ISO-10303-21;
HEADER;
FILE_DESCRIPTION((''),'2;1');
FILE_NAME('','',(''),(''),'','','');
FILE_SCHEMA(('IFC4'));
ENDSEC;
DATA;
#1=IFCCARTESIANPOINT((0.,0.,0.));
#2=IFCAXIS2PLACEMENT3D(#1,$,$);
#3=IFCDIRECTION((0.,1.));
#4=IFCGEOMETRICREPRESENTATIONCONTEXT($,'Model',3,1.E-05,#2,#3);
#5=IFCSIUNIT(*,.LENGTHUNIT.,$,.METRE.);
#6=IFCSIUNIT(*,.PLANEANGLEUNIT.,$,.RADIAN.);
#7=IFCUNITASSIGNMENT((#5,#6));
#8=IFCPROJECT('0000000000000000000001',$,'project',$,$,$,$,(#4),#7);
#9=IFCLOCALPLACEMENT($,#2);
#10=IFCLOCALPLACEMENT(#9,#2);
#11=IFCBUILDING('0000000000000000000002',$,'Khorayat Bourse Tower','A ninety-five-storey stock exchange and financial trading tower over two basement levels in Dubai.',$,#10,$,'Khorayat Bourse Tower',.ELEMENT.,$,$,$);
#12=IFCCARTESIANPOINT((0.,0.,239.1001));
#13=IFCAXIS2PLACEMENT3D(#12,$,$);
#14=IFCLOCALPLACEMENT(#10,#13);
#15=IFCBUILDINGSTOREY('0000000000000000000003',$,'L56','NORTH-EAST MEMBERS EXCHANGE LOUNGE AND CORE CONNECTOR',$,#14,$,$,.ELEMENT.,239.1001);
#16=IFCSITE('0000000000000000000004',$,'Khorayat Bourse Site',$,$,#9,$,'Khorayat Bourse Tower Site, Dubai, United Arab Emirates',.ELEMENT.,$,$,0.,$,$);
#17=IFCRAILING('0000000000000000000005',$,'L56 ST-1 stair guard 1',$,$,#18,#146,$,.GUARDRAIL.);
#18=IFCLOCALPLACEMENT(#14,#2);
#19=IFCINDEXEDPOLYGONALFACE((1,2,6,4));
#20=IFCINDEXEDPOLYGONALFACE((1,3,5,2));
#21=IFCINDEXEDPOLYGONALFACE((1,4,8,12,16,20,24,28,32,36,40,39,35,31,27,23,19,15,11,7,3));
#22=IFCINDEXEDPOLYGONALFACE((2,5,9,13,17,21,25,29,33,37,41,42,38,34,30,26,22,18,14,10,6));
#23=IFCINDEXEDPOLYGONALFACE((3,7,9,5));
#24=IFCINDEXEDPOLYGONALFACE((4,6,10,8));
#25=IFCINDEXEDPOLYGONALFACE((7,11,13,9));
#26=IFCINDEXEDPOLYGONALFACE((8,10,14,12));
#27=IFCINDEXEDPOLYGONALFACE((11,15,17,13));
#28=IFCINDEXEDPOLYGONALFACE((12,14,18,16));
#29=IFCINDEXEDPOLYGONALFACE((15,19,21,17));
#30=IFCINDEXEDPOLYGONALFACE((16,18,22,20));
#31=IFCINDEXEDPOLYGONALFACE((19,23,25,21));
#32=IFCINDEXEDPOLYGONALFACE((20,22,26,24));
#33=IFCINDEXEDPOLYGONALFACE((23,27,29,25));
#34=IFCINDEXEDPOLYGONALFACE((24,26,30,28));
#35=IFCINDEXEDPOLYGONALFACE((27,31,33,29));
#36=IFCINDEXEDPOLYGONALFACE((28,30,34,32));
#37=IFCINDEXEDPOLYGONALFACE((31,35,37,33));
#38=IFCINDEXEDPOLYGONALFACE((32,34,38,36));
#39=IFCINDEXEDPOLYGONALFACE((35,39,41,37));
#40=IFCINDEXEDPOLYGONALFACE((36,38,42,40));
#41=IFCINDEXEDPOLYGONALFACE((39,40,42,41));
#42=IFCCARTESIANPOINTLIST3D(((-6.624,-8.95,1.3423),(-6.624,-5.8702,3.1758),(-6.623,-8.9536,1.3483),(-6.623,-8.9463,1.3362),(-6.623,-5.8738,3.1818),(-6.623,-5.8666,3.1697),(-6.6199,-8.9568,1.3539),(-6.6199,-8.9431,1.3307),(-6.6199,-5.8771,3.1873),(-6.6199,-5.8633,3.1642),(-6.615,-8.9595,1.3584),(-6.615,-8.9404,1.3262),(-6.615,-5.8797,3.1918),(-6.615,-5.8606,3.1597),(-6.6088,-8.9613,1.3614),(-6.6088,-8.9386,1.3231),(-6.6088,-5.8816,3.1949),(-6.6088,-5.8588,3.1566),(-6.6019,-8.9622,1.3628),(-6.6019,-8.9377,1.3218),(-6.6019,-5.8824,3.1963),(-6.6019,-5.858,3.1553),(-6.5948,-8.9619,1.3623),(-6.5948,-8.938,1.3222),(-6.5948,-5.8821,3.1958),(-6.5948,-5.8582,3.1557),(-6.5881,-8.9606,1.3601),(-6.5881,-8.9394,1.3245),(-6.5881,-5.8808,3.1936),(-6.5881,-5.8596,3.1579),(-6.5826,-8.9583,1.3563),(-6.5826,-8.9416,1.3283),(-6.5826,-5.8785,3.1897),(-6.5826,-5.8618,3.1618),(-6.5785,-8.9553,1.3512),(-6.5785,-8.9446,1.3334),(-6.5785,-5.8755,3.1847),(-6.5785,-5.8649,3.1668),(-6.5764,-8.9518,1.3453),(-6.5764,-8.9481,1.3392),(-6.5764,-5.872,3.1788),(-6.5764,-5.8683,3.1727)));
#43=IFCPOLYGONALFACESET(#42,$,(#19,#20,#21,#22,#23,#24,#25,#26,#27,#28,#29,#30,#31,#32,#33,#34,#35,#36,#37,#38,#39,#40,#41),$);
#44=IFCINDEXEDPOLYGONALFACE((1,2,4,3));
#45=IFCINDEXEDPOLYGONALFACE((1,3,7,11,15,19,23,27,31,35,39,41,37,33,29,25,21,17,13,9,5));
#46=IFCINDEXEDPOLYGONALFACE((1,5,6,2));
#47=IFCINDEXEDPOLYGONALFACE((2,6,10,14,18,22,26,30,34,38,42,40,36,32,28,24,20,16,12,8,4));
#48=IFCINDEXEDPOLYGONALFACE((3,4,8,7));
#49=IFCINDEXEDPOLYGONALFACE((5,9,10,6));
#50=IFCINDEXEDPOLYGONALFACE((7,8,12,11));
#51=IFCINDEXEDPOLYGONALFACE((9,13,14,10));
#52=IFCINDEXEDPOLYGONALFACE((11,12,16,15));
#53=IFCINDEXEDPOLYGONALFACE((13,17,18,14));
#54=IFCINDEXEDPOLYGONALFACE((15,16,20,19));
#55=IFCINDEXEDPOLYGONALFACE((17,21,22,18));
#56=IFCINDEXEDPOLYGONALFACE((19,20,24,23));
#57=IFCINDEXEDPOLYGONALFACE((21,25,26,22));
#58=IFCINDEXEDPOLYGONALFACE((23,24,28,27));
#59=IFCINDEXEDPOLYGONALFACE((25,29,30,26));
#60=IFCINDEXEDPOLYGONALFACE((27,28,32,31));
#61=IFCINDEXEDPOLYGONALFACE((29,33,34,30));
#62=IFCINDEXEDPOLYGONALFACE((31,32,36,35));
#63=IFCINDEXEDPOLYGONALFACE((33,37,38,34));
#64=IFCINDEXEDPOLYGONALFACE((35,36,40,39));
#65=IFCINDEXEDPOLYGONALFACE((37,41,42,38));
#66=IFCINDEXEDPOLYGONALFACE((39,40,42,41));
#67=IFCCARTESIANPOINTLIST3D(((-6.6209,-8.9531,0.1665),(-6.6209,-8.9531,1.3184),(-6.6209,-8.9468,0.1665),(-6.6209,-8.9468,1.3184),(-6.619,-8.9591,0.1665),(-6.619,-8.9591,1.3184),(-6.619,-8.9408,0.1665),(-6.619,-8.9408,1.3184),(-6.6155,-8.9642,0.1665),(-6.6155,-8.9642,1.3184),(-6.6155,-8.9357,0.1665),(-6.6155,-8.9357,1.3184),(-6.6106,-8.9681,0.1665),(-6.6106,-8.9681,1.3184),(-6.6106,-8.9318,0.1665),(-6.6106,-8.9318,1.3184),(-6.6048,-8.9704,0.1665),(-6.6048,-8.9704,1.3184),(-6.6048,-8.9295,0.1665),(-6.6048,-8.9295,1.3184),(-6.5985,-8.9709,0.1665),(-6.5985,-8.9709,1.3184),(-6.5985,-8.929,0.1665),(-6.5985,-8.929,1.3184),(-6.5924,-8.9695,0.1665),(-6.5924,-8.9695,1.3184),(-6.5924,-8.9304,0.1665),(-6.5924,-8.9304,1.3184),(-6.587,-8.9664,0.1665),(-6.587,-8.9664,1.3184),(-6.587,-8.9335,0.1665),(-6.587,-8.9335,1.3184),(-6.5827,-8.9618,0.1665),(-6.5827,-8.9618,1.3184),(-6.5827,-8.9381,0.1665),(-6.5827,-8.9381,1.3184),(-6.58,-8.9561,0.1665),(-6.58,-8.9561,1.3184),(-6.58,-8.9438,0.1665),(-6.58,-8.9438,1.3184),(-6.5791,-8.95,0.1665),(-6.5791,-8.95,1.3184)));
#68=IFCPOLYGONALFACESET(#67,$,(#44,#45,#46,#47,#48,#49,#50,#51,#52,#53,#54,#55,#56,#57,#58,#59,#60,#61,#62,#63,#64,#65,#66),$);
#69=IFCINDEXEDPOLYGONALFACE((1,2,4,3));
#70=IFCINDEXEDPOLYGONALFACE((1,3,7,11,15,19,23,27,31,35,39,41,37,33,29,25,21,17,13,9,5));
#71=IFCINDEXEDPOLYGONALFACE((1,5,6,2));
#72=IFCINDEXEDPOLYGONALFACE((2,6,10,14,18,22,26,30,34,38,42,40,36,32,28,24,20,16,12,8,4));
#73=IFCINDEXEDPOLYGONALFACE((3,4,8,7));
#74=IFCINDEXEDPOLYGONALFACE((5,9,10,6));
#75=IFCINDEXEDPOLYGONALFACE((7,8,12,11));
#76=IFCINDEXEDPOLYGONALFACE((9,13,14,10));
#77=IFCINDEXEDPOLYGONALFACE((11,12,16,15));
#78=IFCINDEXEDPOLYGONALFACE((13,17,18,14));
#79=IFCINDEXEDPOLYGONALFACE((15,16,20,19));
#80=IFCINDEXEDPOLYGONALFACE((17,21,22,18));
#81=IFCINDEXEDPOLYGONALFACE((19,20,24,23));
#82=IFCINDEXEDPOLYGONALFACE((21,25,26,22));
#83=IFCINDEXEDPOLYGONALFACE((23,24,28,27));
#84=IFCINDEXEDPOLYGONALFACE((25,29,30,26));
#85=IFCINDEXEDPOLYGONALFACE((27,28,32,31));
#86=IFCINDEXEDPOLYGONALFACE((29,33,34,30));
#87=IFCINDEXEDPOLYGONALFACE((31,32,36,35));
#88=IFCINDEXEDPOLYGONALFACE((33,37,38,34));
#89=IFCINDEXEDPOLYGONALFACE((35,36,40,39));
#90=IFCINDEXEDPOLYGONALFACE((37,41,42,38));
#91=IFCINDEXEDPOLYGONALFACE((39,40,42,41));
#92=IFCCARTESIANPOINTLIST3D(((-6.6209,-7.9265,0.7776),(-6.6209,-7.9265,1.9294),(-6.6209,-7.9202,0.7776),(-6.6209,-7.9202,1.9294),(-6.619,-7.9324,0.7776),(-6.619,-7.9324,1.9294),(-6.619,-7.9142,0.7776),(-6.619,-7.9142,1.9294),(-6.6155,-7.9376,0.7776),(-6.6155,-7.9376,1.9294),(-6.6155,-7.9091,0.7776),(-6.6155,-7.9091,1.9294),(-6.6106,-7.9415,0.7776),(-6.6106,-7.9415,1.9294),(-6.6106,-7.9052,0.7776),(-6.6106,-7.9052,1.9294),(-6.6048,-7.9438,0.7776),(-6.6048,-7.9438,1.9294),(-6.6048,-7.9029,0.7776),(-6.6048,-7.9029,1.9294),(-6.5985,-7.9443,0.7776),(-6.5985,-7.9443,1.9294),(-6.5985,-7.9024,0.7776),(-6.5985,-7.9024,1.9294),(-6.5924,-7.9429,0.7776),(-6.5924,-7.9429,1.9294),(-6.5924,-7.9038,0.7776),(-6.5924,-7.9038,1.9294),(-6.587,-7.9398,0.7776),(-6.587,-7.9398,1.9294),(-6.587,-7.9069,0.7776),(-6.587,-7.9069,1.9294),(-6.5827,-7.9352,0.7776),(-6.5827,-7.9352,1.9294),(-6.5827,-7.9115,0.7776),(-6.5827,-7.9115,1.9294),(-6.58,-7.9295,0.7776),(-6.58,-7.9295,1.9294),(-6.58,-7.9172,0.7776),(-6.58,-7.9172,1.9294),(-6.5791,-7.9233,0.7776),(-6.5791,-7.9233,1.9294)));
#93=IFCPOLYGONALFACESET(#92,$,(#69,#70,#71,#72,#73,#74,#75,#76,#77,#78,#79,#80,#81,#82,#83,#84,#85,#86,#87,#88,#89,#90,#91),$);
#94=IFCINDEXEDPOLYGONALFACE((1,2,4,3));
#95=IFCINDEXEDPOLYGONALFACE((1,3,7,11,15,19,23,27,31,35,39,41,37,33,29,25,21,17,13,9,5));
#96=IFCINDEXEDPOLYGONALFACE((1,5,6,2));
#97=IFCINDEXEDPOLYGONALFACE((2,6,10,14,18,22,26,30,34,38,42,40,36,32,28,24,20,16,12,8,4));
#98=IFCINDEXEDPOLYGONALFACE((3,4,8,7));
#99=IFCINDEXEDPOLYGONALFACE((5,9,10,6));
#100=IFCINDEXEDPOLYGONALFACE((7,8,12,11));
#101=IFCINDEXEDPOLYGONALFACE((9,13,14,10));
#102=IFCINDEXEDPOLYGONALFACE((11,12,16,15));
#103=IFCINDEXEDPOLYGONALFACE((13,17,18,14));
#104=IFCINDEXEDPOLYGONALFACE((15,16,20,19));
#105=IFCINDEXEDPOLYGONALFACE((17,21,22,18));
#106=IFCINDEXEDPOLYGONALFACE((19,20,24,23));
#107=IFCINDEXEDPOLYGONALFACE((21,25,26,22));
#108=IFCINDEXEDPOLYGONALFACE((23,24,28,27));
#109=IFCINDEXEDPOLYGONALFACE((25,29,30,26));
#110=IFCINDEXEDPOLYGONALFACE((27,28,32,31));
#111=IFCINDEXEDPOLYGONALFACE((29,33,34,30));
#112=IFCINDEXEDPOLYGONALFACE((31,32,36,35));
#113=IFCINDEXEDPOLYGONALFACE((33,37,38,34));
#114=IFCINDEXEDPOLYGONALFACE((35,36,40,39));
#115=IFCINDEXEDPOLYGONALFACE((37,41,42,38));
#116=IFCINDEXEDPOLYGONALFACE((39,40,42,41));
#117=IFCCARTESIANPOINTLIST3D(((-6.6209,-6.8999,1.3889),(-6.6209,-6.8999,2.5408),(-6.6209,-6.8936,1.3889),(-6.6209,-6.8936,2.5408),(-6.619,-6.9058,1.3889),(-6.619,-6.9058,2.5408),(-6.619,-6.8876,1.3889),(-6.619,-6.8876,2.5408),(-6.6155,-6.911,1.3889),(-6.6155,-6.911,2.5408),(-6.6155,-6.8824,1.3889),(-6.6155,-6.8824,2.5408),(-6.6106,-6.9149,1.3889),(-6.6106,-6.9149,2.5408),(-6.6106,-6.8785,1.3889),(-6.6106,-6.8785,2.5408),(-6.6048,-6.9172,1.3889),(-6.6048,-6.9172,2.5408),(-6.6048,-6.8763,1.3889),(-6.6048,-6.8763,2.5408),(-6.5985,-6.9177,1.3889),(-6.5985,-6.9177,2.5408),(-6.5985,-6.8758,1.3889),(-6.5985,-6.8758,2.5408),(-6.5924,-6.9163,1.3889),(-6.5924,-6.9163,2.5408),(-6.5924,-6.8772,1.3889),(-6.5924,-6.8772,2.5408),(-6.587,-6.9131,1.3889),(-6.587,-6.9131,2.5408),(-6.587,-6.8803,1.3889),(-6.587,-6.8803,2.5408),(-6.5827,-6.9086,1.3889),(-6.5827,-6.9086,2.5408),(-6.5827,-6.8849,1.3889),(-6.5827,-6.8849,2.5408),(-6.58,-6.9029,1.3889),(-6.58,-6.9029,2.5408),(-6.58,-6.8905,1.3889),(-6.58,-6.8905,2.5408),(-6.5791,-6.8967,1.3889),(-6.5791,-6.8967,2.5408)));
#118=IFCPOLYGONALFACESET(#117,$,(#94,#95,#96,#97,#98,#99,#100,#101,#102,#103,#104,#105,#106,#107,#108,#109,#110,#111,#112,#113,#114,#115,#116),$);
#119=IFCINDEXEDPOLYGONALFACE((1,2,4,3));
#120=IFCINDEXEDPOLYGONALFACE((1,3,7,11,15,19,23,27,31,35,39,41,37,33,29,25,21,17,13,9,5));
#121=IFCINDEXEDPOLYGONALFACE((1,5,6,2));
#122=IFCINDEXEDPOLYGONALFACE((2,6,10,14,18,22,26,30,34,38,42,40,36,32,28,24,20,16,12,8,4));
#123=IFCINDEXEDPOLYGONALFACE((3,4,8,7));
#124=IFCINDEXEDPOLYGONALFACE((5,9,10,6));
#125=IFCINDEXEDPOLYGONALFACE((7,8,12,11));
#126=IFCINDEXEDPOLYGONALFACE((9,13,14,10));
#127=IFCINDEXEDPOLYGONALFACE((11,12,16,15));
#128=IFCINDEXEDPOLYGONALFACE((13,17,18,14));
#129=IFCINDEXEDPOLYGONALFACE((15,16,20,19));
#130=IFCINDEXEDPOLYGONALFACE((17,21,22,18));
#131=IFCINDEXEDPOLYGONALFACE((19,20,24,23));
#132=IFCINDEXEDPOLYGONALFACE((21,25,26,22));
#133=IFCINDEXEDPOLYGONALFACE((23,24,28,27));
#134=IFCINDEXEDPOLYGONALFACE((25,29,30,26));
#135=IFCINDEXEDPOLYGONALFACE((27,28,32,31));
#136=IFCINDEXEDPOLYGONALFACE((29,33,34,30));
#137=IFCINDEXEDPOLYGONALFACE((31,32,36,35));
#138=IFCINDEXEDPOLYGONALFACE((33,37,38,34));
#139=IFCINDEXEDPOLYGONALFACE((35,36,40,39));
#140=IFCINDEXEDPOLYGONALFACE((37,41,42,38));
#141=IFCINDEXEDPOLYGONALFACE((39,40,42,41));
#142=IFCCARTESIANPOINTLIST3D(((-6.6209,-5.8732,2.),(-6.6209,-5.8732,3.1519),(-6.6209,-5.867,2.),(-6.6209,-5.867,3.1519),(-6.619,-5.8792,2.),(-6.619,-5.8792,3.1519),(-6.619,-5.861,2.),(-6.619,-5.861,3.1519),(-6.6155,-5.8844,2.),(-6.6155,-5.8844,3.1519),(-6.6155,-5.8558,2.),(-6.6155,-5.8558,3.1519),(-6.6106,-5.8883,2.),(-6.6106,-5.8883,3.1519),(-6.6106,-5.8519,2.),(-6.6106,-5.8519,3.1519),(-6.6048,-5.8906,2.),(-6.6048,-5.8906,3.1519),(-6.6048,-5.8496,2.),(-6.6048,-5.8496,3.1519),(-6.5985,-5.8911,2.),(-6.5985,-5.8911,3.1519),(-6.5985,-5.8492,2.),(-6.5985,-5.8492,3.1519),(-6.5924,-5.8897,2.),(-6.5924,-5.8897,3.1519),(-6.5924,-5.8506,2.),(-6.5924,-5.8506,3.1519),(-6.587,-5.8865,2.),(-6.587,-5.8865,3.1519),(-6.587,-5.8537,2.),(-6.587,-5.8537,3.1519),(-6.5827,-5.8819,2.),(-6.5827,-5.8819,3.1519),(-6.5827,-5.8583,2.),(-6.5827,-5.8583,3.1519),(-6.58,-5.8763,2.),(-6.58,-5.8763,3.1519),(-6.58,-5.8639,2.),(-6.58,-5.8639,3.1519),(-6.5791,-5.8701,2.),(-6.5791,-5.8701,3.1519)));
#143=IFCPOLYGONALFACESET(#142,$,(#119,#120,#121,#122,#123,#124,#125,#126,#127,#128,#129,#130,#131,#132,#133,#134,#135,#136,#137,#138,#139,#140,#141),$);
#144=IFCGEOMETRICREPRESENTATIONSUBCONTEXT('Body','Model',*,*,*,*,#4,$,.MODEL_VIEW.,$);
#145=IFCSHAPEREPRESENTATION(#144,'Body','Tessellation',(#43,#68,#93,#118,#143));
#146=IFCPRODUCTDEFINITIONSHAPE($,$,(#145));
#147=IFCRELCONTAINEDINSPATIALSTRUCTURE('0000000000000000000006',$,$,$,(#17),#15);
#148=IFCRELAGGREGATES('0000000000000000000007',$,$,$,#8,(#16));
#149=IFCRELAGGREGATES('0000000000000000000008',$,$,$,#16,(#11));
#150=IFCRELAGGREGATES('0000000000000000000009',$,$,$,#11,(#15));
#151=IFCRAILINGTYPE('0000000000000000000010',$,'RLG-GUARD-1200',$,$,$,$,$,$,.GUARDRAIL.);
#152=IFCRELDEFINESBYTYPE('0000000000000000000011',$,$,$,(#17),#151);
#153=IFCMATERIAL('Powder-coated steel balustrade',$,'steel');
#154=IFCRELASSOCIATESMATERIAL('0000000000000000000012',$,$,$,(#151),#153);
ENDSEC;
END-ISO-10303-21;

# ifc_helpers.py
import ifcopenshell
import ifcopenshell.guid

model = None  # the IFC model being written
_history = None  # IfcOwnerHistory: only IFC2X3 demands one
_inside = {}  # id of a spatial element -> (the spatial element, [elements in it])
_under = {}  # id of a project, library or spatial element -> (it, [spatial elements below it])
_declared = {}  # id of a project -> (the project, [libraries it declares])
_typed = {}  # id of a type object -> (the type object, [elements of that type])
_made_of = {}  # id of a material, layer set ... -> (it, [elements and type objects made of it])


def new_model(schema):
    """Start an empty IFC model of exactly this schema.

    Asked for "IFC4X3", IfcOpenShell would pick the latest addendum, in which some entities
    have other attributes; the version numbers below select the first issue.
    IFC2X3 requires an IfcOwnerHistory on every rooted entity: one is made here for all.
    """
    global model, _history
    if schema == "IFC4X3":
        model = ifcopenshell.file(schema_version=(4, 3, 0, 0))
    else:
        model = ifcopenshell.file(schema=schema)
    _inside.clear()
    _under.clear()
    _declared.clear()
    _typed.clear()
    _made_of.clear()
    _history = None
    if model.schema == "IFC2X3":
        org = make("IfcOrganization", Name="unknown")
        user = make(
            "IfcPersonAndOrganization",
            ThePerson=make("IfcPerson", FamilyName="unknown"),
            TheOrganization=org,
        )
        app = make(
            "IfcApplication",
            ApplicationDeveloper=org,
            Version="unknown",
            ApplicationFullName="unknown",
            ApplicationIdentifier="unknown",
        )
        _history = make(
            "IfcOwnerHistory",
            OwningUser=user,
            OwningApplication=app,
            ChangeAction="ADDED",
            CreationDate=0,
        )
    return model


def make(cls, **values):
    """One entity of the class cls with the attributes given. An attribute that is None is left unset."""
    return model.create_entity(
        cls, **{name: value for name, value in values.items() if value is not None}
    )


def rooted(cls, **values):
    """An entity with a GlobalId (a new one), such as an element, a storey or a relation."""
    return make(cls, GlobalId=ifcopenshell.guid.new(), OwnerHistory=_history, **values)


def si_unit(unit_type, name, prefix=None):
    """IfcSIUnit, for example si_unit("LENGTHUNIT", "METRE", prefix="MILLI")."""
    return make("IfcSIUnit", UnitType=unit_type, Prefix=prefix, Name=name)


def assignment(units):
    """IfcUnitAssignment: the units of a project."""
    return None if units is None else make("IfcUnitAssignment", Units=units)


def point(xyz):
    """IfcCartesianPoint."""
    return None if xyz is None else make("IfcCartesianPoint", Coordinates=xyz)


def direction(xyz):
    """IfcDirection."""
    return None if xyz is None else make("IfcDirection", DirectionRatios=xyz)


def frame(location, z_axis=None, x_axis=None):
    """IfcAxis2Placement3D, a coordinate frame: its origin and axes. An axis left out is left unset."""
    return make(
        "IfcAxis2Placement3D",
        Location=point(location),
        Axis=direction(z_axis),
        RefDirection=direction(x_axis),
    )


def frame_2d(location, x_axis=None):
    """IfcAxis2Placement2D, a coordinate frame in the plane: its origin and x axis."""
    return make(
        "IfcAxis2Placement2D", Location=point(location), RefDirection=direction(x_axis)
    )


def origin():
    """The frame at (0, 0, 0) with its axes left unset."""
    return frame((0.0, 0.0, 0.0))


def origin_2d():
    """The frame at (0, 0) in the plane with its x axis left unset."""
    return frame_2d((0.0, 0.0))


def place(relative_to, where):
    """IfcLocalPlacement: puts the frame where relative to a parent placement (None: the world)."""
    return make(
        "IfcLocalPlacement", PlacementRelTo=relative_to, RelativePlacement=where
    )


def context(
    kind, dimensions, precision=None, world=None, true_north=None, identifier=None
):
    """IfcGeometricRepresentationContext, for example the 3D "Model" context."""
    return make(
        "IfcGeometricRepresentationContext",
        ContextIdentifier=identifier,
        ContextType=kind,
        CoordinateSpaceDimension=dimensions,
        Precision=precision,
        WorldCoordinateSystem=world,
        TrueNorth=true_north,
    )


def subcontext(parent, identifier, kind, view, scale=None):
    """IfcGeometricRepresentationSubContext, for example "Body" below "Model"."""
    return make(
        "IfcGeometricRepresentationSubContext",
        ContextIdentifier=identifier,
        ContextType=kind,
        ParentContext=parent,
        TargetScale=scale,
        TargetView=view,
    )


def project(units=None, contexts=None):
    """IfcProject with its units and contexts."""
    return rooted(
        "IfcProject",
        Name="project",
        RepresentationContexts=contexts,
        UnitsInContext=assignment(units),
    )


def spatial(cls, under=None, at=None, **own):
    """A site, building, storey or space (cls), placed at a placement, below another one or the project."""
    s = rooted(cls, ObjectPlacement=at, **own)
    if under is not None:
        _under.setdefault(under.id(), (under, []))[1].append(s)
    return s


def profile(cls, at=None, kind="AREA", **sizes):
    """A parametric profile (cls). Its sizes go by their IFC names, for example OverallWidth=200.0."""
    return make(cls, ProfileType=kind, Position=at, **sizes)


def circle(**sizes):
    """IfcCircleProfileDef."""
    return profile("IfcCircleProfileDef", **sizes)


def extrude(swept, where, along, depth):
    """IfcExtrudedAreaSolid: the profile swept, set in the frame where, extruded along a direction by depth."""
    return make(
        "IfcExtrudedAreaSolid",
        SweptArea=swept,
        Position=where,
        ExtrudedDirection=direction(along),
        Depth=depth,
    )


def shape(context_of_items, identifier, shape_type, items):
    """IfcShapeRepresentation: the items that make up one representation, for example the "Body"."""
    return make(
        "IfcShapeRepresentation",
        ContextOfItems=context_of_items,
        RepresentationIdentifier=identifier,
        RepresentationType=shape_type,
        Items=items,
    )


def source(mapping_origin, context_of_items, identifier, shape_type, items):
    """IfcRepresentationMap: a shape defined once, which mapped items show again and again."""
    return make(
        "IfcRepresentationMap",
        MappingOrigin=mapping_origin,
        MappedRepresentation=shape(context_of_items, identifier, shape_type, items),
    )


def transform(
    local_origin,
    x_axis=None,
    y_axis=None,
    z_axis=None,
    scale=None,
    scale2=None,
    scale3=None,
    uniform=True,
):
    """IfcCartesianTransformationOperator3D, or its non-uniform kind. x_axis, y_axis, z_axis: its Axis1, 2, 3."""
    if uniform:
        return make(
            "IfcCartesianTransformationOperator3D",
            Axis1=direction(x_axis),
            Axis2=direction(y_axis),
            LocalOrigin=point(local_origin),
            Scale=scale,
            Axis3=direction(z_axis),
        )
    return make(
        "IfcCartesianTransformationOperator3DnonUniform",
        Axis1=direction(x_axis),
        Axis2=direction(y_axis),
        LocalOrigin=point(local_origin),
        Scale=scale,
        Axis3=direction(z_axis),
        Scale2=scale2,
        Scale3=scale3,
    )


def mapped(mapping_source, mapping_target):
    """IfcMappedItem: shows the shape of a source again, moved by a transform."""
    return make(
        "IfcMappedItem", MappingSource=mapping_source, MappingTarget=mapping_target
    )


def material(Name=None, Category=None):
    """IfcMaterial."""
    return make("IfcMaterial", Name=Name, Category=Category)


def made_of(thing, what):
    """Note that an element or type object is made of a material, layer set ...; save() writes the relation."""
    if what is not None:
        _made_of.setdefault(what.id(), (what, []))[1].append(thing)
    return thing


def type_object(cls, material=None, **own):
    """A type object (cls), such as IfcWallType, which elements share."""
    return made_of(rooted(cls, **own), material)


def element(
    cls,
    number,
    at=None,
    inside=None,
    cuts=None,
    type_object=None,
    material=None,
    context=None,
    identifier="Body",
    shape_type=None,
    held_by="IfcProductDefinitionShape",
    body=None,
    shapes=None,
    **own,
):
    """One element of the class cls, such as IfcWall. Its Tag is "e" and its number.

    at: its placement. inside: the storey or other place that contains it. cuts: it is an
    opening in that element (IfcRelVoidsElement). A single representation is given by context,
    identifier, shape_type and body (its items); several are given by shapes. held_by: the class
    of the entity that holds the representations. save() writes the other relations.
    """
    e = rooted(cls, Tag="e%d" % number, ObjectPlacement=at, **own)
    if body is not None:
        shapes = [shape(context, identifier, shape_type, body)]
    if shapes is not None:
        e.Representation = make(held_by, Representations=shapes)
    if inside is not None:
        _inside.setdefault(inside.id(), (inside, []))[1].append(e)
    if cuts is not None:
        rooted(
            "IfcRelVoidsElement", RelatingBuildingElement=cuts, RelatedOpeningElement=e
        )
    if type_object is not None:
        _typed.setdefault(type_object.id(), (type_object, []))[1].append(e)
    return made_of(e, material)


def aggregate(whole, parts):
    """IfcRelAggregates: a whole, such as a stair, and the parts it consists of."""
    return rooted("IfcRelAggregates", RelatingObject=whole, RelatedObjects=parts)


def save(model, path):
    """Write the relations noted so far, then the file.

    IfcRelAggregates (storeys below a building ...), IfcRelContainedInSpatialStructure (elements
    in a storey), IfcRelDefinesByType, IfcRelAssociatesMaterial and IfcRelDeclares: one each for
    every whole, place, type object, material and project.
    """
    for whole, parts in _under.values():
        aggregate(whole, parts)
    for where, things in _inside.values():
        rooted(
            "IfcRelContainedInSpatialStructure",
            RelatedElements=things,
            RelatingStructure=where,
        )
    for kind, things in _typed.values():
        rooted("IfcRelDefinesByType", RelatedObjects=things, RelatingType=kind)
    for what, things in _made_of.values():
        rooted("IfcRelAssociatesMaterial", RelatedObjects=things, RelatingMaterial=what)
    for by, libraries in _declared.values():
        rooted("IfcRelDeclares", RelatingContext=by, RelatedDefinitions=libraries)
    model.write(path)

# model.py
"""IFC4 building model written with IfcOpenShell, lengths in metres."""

from ifc_helpers import new_model, si_unit, direction, frame, origin, origin_2d, place, context, subcontext, project, spatial, circle, extrude, source, transform, mapped, material, type_object, element, save


model = new_model("IFC4")

# Units and contexts
model_context = context("Model", 3, precision=1e-05, world=origin(), true_north=direction((0.0, 1.0)))
body_context = subcontext(model_context, "Body", "Model", "MODEL_VIEW")
ifc_project = project(units=[si_unit("LENGTHUNIT", "METRE"), si_unit("PLANEANGLEUNIT", "RADIAN")], contexts=[model_context])

# Site, building, storey
site_placement = place(None, origin())
site = spatial("IfcSite", under=ifc_project, at=site_placement, Name="Khorayat Bourse Site", LongName="Khorayat Bourse Tower Site, Dubai, United Arab Emirates", CompositionType="ELEMENT", RefElevation=0.0)
building_placement = place(site_placement, origin())
building = spatial("IfcBuilding", under=site, at=building_placement, Name="Khorayat Bourse Tower", Description="A ninety-five-storey stock exchange and financial trading tower over two basement levels in Dubai.", LongName="Khorayat Bourse Tower", CompositionType="ELEMENT")
storey_placement = place(building_placement, frame((0.0, 0.0, 239.1001)))
storey = spatial("IfcBuildingStorey", under=building, at=storey_placement, Name="L56", Description="NORTH-EAST MEMBERS EXCHANGE LOUNGE AND CORE CONNECTOR", CompositionType="ELEMENT", Elevation=239.1001)

# Railing
ifc_material_1 = material(Name="Powder-coated steel balustrade", Category="steel")
railing_type_1 = type_object("IfcRailingType", Name="RLG-GUARD-1200", PredefinedType="GUARDRAIL", material=ifc_material_1)
shared_shape_1 = source(origin(), body_context, "Body", "SweptSolid", [
    extrude(circle(Radius=0.0239, at=origin_2d()), frame((0.0, 0.0, 1.1758), z_axis=(0.0, 0.859261, 0.511538), x_axis=(-1.0, 0.0, 0.0)), (0.0, 0.0, 1.0), 3.5842),
    extrude(circle(Radius=0.021, at=origin_2d()), origin(), (0.0, 0.0, 1.0), 1.1519),
    extrude(circle(Radius=0.021, at=origin_2d()), frame((0.0, 1.0266, 0.6111)), (0.0, 0.0, 1.0), 1.1519),
    extrude(circle(Radius=0.021, at=origin_2d()), frame((0.0, 2.0532, 1.2224)), (0.0, 0.0, 1.0), 1.1519),
    extrude(circle(Radius=0.021, at=origin_2d()), frame((0.0, 3.0798, 1.8335)), (0.0, 0.0, 1.0), 1.1519),
])
railing_1_placement = place(storey_placement, frame((-6.6001, -8.95, 0.1665)))
element("IfcRailing", 1, at=railing_1_placement, inside=storey, type_object=railing_type_1, Name="L56 ST-1 stair guard 1", PredefinedType="GUARDRAIL", context=body_context, shape_type="MappedRepresentation", body=[
    mapped(shared_shape_1, transform((0.0, 0.0, 0.0), scale=1.0)),
])

save(model, "model.ifc")
